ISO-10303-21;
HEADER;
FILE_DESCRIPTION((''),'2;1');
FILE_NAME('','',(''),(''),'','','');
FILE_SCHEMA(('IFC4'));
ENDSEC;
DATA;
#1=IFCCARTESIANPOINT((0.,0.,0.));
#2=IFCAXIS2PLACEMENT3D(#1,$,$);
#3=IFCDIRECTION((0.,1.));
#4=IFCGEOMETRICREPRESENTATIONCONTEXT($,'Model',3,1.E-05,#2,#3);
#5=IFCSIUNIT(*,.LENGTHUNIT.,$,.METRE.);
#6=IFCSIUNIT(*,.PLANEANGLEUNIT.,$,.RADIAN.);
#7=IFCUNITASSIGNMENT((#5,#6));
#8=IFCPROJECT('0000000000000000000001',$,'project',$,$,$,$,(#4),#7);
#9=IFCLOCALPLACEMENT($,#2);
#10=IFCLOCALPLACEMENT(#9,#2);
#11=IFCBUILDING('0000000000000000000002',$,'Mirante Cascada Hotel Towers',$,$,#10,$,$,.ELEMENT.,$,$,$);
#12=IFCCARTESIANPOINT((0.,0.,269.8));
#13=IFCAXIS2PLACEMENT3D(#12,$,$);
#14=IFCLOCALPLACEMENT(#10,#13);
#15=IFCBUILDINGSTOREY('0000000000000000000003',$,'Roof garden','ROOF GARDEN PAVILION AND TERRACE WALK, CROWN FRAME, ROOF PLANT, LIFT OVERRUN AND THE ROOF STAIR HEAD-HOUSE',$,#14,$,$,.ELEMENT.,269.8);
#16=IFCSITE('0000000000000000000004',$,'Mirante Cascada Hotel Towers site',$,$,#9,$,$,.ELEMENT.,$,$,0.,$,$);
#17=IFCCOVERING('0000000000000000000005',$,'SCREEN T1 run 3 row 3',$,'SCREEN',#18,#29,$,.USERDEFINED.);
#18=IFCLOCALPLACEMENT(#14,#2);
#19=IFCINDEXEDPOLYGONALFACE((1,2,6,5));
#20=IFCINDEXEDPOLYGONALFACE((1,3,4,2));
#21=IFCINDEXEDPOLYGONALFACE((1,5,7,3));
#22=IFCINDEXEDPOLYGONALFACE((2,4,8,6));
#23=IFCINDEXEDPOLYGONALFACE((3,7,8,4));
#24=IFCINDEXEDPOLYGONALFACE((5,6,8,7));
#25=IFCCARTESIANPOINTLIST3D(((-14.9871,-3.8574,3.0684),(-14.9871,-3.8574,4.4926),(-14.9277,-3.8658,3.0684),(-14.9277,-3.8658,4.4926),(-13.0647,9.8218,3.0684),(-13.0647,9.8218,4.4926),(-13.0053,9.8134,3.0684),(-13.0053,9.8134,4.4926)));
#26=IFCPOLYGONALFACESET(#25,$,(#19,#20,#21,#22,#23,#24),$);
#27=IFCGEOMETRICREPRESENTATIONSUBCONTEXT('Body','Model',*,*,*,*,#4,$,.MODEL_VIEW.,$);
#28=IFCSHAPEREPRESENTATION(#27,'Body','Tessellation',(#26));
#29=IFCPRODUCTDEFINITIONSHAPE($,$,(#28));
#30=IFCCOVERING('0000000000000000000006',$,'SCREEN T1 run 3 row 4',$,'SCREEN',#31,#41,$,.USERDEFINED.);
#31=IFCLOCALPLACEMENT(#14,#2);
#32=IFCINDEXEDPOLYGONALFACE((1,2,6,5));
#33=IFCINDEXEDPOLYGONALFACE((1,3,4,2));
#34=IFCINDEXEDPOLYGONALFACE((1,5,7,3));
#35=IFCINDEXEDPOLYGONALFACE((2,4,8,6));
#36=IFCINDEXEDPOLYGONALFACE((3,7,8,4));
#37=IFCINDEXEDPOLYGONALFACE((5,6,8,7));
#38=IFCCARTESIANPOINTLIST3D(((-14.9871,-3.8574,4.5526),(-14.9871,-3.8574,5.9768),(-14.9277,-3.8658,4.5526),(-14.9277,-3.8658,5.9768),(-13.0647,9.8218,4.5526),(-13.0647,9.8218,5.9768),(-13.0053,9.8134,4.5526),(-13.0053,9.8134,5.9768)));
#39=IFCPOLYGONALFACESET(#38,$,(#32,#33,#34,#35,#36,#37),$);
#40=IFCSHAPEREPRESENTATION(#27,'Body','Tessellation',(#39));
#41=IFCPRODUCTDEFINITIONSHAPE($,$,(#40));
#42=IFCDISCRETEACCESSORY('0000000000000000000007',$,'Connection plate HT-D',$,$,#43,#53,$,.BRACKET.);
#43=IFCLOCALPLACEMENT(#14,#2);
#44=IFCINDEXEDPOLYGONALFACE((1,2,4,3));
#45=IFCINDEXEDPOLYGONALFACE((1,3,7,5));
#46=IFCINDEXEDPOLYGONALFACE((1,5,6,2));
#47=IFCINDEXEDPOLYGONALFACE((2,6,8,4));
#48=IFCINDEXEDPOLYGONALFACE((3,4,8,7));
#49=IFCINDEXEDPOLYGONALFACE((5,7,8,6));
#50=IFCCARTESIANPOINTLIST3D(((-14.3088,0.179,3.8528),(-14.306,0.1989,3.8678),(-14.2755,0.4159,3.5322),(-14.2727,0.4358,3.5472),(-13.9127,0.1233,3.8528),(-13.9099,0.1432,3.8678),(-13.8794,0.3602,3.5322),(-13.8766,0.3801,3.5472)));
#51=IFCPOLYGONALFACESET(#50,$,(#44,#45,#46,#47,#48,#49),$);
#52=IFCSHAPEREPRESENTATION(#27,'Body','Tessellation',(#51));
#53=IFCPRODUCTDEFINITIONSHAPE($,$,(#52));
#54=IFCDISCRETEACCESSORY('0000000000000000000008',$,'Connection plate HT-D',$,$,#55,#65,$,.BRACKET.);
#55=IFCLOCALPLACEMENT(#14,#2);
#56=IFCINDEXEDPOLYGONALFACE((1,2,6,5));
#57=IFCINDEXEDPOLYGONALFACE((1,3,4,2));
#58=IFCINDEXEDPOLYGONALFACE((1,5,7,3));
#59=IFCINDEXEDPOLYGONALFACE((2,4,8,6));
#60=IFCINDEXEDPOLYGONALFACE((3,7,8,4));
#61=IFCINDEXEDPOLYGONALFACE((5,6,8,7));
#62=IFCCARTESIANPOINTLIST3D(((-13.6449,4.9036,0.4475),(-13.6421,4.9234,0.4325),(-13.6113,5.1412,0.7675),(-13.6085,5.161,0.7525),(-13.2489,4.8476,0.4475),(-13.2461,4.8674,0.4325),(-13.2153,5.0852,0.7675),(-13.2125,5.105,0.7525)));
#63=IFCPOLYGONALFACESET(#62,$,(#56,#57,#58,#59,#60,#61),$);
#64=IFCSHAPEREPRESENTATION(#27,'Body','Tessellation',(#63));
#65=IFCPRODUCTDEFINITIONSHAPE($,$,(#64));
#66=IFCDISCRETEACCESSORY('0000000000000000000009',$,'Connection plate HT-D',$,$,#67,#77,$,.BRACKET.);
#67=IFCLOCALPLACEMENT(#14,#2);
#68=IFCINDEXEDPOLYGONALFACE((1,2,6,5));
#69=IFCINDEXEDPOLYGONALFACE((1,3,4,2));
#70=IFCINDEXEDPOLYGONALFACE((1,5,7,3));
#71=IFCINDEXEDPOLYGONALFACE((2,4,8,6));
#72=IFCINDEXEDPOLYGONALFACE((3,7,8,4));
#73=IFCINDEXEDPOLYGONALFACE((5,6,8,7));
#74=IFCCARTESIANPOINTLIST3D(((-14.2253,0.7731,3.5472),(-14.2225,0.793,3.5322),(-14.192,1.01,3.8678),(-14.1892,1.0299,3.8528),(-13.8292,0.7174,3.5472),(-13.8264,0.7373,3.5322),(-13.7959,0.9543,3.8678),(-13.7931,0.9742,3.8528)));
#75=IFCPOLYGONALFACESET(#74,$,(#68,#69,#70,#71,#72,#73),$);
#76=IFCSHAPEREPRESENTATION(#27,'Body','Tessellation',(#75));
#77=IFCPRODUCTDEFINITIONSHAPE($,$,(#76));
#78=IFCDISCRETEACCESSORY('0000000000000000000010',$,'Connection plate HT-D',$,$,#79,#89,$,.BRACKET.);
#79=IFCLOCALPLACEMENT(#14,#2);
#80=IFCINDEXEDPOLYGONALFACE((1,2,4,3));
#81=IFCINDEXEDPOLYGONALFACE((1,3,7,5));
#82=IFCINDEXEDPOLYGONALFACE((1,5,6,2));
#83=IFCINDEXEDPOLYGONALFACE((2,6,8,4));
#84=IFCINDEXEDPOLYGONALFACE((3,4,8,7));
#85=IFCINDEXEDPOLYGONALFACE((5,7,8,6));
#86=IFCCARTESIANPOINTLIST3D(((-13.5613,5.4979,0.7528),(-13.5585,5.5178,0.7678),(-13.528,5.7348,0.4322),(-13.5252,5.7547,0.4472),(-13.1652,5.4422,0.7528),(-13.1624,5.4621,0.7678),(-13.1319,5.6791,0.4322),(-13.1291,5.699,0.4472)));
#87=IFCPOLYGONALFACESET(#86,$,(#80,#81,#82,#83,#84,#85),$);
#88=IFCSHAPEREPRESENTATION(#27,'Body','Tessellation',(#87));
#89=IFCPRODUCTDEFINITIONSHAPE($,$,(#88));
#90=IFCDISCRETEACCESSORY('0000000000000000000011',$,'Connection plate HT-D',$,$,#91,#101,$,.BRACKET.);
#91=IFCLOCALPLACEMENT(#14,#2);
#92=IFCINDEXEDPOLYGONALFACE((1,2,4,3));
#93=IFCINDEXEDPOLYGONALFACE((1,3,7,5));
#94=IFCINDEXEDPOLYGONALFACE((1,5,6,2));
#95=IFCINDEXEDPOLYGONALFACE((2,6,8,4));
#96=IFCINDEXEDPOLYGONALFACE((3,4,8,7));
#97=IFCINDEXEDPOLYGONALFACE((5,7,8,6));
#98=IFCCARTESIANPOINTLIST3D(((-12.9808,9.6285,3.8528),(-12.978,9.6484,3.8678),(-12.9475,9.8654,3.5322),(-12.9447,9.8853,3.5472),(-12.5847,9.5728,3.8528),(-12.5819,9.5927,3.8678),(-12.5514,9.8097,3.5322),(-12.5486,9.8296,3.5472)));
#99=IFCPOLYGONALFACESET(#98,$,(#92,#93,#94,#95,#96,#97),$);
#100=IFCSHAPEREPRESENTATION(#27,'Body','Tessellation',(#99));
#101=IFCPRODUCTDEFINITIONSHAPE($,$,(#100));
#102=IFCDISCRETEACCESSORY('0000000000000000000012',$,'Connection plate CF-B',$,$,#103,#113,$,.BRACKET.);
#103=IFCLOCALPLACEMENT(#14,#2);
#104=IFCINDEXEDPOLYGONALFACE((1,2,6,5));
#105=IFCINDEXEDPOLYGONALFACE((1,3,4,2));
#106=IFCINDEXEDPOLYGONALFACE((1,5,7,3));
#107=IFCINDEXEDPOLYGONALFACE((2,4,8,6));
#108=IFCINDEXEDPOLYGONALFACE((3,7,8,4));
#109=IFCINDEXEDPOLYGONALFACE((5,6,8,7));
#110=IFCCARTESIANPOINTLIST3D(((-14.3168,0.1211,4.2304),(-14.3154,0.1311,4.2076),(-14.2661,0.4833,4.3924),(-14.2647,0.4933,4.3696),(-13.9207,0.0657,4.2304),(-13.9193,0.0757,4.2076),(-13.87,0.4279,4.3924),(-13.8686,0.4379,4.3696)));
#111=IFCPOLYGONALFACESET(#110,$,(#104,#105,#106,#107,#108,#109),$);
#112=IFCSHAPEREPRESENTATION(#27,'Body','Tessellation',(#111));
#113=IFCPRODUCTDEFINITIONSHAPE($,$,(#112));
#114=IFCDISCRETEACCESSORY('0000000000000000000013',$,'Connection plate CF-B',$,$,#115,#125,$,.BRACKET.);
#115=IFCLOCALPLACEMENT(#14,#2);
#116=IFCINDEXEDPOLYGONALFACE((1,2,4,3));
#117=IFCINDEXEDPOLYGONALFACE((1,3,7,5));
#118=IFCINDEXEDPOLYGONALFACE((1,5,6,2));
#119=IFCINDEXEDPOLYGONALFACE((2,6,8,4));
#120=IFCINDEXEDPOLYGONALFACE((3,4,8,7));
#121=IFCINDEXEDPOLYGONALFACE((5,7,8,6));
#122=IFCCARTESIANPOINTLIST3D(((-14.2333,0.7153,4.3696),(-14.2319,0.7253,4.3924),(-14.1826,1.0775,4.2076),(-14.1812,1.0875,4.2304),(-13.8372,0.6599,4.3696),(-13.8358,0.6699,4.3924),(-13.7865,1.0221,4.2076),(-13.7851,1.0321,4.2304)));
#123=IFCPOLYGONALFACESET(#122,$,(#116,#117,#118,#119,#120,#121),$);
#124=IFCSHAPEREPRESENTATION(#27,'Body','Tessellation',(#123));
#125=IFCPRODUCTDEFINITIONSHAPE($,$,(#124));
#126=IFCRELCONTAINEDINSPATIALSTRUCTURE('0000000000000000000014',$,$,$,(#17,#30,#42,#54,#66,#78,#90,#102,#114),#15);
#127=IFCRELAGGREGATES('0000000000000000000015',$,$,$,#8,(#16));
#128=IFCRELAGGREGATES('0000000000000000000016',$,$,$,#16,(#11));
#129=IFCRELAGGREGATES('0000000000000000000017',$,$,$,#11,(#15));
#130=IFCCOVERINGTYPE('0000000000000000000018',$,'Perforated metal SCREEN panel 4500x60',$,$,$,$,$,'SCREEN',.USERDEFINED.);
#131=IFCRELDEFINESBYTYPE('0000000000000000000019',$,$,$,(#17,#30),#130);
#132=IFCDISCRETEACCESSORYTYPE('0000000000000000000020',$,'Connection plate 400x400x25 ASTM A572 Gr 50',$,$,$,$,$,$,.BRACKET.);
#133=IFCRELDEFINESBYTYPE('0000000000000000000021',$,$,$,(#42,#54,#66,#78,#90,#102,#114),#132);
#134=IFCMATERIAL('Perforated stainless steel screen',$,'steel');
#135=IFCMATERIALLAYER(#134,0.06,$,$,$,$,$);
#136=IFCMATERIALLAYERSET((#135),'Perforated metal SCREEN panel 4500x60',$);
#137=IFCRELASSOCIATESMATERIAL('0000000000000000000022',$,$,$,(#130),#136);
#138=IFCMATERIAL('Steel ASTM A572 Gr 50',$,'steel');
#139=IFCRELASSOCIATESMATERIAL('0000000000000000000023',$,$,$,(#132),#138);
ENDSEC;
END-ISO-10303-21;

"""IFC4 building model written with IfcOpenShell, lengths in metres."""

from ifc_helpers import new_model, si_unit, direction, frame, origin, origin_2d, place, context, subcontext, project, spatial, rectangle, extrude, material, layer, layer_set, material_profile, profile_set, type_object, element, save


model = new_model("IFC4")

# Units and contexts
model_context = context("Model", 3, precision=1e-05, world=origin(), true_north=direction((0.0, 1.0)))
body_context = subcontext(model_context, "Body", "Model", "MODEL_VIEW")
ifc_project = project(units=[si_unit("LENGTHUNIT", "METRE"), si_unit("PLANEANGLEUNIT", "RADIAN")], contexts=[model_context])

# Site, building, storey
site_placement = place(None, origin())
site = spatial("IfcSite", under=ifc_project, at=site_placement, Name="Mirante Cascada Hotel Towers site", CompositionType="ELEMENT", RefElevation=0.0)
building_placement = place(site_placement, origin())
building = spatial("IfcBuilding", under=site, at=building_placement, Name="Mirante Cascada Hotel Towers", CompositionType="ELEMENT")
storey_placement = place(building_placement, frame((0.0, 0.0, 269.8)))
storey = spatial("IfcBuildingStorey", under=building, at=storey_placement, Name="Roof garden", Description="ROOF GARDEN PAVILION AND TERRACE WALK, CROWN FRAME, ROOF PLANT, LIFT OVERRUN AND THE ROOF STAIR HEAD-HOUSE", CompositionType="ELEMENT", Elevation=269.8)

# Coverings
ifc_material_1 = material(Name="Perforated stainless steel screen", Category="steel")
ifc_layer_1 = layer(ifc_material_1, 0.06)
ifc_layer_set_1 = layer_set([ifc_layer_1], Name="Perforated metal SCREEN panel 4500x60")
covering_type = type_object("IfcCoveringType", Name="Perforated metal SCREEN panel 4500x60", ElementType="SCREEN", PredefinedType="USERDEFINED", material=ifc_layer_set_1)
for number, where, z_axis, x_axis, name in (
    (1, (-13.9962, 2.978, 3.0684), (0.0, 0.0, 1.0), (0.139173, 0.990268, 0.0), "SCREEN T1 run 3 row 3"),
    (2, (-13.9962, 2.978, 4.5526), (0.0, 0.0, 1.0), (0.139173, 0.990268, 0.0), "SCREEN T1 run 3 row 4"),
):
    element("IfcCovering", number, at=place(storey_placement, frame(where, z_axis=z_axis, x_axis=x_axis)), inside=storey, type_object=covering_type, Name=name, ObjectType="SCREEN", PredefinedType="USERDEFINED", context=body_context, shape_type="SweptSolid", body=[
        extrude(rectangle(XDim=13.8136, YDim=0.06, at=origin_2d()), origin(), (0.0, 0.0, 1.0), 1.4242),
    ])

# Discrete accessories
ifc_material_2 = material(Name="Steel ASTM A572 Gr 50", Category="steel")
ifc_material_profile_1 = material_profile(ifc_material_2, rectangle(XDim=0.4, YDim=0.4, at=origin_2d()), Name="Connection plate 400x400x25 ASTM A572 Gr 50")
ifc_profile_set_1 = profile_set([ifc_material_profile_1], Name="Steel ASTM A572 Gr 50")
discrete_accessory_type = type_object("IfcDiscreteAccessoryType", Name="Connection plate 400x400x25 ASTM A572 Gr 50", PredefinedType="BRACKET", material=ifc_profile_set_1)
discrete_accessory_1_placement = place(storey_placement, frame((-14.0941, 0.2696, 3.6925), z_axis=(0.111657, 0.79356, 0.59816), x_axis=(-0.990246, 0.139331, 0.0)))
element("IfcDiscreteAccessory", 3, at=discrete_accessory_1_placement, inside=storey, type_object=discrete_accessory_type, Name="Connection plate HT-D", PredefinedType="BRACKET", context=body_context, shape_type="SweptSolid", body=[
    extrude(rectangle(XDim=0.4, YDim=0.4, at=origin_2d()), origin(), (0.0, 0.0, 1.0), 0.0251),
])
discrete_accessory_2_placement = place(storey_placement, frame((-13.4273, 5.0142, 0.5925), z_axis=(-0.112011, -0.792076, 0.600058), x_axis=(0.990148, -0.140021, 0.0)))
element("IfcDiscreteAccessory", 4, at=discrete_accessory_2_placement, inside=storey, type_object=discrete_accessory_type, Name="Connection plate HT-D", PredefinedType="BRACKET", context=body_context, shape_type="SweptSolid", body=[
    extrude(rectangle(XDim=0.4, YDim=0.4, at=origin_2d()), origin(), (0.0, 0.0, 1.0), 0.025),
])
for number, where, z_axis, x_axis, name in (
    (5, (-14.0078, 0.8836, 3.6925), (-0.111657, -0.79356, 0.59816), (0.990246, -0.139331, 0.0), "Connection plate HT-D"),
    (6, (-13.3466, 5.5885, 0.5925), (0.111657, 0.79356, 0.59816), (-0.990246, 0.139331, 0.0), "Connection plate HT-D"),
    (7, (-12.7661, 9.7191, 3.6925), (0.111657, 0.79356, 0.59816), (-0.990246, 0.139331, 0.0), "Connection plate HT-D"),
):
    element("IfcDiscreteAccessory", number, at=place(storey_placement, frame(where, z_axis=z_axis, x_axis=x_axis)), inside=storey, type_object=discrete_accessory_type, Name=name, PredefinedType="BRACKET", context=body_context, shape_type="SweptSolid", body=[
        extrude(rectangle(XDim=0.4, YDim=0.4, at=origin_2d()), origin(), (0.0, 0.0, 1.0), 0.0251),
    ])
for number, where, z_axis, x_axis, name in (
    (8, (-14.092, 0.2845, 4.2886), (-0.056144, -0.401028, 0.914344), (0.990342, -0.138648, 0.0), "Connection plate CF-B"),
    (9, (-14.0099, 0.8687, 4.2886), (0.056144, 0.401028, 0.914344), (-0.990342, 0.138648, 0.0), "Connection plate CF-B"),
):
    element("IfcDiscreteAccessory", number, at=place(storey_placement, frame(where, z_axis=z_axis, x_axis=x_axis)), inside=storey, type_object=discrete_accessory_type, Name=name, PredefinedType="BRACKET", context=body_context, shape_type="SweptSolid", body=[
        extrude(rectangle(XDim=0.4, YDim=0.4, at=origin_2d()), origin(), (0.0, 0.0, 1.0), 0.0249),
    ])

save(model, "model.ifc")
